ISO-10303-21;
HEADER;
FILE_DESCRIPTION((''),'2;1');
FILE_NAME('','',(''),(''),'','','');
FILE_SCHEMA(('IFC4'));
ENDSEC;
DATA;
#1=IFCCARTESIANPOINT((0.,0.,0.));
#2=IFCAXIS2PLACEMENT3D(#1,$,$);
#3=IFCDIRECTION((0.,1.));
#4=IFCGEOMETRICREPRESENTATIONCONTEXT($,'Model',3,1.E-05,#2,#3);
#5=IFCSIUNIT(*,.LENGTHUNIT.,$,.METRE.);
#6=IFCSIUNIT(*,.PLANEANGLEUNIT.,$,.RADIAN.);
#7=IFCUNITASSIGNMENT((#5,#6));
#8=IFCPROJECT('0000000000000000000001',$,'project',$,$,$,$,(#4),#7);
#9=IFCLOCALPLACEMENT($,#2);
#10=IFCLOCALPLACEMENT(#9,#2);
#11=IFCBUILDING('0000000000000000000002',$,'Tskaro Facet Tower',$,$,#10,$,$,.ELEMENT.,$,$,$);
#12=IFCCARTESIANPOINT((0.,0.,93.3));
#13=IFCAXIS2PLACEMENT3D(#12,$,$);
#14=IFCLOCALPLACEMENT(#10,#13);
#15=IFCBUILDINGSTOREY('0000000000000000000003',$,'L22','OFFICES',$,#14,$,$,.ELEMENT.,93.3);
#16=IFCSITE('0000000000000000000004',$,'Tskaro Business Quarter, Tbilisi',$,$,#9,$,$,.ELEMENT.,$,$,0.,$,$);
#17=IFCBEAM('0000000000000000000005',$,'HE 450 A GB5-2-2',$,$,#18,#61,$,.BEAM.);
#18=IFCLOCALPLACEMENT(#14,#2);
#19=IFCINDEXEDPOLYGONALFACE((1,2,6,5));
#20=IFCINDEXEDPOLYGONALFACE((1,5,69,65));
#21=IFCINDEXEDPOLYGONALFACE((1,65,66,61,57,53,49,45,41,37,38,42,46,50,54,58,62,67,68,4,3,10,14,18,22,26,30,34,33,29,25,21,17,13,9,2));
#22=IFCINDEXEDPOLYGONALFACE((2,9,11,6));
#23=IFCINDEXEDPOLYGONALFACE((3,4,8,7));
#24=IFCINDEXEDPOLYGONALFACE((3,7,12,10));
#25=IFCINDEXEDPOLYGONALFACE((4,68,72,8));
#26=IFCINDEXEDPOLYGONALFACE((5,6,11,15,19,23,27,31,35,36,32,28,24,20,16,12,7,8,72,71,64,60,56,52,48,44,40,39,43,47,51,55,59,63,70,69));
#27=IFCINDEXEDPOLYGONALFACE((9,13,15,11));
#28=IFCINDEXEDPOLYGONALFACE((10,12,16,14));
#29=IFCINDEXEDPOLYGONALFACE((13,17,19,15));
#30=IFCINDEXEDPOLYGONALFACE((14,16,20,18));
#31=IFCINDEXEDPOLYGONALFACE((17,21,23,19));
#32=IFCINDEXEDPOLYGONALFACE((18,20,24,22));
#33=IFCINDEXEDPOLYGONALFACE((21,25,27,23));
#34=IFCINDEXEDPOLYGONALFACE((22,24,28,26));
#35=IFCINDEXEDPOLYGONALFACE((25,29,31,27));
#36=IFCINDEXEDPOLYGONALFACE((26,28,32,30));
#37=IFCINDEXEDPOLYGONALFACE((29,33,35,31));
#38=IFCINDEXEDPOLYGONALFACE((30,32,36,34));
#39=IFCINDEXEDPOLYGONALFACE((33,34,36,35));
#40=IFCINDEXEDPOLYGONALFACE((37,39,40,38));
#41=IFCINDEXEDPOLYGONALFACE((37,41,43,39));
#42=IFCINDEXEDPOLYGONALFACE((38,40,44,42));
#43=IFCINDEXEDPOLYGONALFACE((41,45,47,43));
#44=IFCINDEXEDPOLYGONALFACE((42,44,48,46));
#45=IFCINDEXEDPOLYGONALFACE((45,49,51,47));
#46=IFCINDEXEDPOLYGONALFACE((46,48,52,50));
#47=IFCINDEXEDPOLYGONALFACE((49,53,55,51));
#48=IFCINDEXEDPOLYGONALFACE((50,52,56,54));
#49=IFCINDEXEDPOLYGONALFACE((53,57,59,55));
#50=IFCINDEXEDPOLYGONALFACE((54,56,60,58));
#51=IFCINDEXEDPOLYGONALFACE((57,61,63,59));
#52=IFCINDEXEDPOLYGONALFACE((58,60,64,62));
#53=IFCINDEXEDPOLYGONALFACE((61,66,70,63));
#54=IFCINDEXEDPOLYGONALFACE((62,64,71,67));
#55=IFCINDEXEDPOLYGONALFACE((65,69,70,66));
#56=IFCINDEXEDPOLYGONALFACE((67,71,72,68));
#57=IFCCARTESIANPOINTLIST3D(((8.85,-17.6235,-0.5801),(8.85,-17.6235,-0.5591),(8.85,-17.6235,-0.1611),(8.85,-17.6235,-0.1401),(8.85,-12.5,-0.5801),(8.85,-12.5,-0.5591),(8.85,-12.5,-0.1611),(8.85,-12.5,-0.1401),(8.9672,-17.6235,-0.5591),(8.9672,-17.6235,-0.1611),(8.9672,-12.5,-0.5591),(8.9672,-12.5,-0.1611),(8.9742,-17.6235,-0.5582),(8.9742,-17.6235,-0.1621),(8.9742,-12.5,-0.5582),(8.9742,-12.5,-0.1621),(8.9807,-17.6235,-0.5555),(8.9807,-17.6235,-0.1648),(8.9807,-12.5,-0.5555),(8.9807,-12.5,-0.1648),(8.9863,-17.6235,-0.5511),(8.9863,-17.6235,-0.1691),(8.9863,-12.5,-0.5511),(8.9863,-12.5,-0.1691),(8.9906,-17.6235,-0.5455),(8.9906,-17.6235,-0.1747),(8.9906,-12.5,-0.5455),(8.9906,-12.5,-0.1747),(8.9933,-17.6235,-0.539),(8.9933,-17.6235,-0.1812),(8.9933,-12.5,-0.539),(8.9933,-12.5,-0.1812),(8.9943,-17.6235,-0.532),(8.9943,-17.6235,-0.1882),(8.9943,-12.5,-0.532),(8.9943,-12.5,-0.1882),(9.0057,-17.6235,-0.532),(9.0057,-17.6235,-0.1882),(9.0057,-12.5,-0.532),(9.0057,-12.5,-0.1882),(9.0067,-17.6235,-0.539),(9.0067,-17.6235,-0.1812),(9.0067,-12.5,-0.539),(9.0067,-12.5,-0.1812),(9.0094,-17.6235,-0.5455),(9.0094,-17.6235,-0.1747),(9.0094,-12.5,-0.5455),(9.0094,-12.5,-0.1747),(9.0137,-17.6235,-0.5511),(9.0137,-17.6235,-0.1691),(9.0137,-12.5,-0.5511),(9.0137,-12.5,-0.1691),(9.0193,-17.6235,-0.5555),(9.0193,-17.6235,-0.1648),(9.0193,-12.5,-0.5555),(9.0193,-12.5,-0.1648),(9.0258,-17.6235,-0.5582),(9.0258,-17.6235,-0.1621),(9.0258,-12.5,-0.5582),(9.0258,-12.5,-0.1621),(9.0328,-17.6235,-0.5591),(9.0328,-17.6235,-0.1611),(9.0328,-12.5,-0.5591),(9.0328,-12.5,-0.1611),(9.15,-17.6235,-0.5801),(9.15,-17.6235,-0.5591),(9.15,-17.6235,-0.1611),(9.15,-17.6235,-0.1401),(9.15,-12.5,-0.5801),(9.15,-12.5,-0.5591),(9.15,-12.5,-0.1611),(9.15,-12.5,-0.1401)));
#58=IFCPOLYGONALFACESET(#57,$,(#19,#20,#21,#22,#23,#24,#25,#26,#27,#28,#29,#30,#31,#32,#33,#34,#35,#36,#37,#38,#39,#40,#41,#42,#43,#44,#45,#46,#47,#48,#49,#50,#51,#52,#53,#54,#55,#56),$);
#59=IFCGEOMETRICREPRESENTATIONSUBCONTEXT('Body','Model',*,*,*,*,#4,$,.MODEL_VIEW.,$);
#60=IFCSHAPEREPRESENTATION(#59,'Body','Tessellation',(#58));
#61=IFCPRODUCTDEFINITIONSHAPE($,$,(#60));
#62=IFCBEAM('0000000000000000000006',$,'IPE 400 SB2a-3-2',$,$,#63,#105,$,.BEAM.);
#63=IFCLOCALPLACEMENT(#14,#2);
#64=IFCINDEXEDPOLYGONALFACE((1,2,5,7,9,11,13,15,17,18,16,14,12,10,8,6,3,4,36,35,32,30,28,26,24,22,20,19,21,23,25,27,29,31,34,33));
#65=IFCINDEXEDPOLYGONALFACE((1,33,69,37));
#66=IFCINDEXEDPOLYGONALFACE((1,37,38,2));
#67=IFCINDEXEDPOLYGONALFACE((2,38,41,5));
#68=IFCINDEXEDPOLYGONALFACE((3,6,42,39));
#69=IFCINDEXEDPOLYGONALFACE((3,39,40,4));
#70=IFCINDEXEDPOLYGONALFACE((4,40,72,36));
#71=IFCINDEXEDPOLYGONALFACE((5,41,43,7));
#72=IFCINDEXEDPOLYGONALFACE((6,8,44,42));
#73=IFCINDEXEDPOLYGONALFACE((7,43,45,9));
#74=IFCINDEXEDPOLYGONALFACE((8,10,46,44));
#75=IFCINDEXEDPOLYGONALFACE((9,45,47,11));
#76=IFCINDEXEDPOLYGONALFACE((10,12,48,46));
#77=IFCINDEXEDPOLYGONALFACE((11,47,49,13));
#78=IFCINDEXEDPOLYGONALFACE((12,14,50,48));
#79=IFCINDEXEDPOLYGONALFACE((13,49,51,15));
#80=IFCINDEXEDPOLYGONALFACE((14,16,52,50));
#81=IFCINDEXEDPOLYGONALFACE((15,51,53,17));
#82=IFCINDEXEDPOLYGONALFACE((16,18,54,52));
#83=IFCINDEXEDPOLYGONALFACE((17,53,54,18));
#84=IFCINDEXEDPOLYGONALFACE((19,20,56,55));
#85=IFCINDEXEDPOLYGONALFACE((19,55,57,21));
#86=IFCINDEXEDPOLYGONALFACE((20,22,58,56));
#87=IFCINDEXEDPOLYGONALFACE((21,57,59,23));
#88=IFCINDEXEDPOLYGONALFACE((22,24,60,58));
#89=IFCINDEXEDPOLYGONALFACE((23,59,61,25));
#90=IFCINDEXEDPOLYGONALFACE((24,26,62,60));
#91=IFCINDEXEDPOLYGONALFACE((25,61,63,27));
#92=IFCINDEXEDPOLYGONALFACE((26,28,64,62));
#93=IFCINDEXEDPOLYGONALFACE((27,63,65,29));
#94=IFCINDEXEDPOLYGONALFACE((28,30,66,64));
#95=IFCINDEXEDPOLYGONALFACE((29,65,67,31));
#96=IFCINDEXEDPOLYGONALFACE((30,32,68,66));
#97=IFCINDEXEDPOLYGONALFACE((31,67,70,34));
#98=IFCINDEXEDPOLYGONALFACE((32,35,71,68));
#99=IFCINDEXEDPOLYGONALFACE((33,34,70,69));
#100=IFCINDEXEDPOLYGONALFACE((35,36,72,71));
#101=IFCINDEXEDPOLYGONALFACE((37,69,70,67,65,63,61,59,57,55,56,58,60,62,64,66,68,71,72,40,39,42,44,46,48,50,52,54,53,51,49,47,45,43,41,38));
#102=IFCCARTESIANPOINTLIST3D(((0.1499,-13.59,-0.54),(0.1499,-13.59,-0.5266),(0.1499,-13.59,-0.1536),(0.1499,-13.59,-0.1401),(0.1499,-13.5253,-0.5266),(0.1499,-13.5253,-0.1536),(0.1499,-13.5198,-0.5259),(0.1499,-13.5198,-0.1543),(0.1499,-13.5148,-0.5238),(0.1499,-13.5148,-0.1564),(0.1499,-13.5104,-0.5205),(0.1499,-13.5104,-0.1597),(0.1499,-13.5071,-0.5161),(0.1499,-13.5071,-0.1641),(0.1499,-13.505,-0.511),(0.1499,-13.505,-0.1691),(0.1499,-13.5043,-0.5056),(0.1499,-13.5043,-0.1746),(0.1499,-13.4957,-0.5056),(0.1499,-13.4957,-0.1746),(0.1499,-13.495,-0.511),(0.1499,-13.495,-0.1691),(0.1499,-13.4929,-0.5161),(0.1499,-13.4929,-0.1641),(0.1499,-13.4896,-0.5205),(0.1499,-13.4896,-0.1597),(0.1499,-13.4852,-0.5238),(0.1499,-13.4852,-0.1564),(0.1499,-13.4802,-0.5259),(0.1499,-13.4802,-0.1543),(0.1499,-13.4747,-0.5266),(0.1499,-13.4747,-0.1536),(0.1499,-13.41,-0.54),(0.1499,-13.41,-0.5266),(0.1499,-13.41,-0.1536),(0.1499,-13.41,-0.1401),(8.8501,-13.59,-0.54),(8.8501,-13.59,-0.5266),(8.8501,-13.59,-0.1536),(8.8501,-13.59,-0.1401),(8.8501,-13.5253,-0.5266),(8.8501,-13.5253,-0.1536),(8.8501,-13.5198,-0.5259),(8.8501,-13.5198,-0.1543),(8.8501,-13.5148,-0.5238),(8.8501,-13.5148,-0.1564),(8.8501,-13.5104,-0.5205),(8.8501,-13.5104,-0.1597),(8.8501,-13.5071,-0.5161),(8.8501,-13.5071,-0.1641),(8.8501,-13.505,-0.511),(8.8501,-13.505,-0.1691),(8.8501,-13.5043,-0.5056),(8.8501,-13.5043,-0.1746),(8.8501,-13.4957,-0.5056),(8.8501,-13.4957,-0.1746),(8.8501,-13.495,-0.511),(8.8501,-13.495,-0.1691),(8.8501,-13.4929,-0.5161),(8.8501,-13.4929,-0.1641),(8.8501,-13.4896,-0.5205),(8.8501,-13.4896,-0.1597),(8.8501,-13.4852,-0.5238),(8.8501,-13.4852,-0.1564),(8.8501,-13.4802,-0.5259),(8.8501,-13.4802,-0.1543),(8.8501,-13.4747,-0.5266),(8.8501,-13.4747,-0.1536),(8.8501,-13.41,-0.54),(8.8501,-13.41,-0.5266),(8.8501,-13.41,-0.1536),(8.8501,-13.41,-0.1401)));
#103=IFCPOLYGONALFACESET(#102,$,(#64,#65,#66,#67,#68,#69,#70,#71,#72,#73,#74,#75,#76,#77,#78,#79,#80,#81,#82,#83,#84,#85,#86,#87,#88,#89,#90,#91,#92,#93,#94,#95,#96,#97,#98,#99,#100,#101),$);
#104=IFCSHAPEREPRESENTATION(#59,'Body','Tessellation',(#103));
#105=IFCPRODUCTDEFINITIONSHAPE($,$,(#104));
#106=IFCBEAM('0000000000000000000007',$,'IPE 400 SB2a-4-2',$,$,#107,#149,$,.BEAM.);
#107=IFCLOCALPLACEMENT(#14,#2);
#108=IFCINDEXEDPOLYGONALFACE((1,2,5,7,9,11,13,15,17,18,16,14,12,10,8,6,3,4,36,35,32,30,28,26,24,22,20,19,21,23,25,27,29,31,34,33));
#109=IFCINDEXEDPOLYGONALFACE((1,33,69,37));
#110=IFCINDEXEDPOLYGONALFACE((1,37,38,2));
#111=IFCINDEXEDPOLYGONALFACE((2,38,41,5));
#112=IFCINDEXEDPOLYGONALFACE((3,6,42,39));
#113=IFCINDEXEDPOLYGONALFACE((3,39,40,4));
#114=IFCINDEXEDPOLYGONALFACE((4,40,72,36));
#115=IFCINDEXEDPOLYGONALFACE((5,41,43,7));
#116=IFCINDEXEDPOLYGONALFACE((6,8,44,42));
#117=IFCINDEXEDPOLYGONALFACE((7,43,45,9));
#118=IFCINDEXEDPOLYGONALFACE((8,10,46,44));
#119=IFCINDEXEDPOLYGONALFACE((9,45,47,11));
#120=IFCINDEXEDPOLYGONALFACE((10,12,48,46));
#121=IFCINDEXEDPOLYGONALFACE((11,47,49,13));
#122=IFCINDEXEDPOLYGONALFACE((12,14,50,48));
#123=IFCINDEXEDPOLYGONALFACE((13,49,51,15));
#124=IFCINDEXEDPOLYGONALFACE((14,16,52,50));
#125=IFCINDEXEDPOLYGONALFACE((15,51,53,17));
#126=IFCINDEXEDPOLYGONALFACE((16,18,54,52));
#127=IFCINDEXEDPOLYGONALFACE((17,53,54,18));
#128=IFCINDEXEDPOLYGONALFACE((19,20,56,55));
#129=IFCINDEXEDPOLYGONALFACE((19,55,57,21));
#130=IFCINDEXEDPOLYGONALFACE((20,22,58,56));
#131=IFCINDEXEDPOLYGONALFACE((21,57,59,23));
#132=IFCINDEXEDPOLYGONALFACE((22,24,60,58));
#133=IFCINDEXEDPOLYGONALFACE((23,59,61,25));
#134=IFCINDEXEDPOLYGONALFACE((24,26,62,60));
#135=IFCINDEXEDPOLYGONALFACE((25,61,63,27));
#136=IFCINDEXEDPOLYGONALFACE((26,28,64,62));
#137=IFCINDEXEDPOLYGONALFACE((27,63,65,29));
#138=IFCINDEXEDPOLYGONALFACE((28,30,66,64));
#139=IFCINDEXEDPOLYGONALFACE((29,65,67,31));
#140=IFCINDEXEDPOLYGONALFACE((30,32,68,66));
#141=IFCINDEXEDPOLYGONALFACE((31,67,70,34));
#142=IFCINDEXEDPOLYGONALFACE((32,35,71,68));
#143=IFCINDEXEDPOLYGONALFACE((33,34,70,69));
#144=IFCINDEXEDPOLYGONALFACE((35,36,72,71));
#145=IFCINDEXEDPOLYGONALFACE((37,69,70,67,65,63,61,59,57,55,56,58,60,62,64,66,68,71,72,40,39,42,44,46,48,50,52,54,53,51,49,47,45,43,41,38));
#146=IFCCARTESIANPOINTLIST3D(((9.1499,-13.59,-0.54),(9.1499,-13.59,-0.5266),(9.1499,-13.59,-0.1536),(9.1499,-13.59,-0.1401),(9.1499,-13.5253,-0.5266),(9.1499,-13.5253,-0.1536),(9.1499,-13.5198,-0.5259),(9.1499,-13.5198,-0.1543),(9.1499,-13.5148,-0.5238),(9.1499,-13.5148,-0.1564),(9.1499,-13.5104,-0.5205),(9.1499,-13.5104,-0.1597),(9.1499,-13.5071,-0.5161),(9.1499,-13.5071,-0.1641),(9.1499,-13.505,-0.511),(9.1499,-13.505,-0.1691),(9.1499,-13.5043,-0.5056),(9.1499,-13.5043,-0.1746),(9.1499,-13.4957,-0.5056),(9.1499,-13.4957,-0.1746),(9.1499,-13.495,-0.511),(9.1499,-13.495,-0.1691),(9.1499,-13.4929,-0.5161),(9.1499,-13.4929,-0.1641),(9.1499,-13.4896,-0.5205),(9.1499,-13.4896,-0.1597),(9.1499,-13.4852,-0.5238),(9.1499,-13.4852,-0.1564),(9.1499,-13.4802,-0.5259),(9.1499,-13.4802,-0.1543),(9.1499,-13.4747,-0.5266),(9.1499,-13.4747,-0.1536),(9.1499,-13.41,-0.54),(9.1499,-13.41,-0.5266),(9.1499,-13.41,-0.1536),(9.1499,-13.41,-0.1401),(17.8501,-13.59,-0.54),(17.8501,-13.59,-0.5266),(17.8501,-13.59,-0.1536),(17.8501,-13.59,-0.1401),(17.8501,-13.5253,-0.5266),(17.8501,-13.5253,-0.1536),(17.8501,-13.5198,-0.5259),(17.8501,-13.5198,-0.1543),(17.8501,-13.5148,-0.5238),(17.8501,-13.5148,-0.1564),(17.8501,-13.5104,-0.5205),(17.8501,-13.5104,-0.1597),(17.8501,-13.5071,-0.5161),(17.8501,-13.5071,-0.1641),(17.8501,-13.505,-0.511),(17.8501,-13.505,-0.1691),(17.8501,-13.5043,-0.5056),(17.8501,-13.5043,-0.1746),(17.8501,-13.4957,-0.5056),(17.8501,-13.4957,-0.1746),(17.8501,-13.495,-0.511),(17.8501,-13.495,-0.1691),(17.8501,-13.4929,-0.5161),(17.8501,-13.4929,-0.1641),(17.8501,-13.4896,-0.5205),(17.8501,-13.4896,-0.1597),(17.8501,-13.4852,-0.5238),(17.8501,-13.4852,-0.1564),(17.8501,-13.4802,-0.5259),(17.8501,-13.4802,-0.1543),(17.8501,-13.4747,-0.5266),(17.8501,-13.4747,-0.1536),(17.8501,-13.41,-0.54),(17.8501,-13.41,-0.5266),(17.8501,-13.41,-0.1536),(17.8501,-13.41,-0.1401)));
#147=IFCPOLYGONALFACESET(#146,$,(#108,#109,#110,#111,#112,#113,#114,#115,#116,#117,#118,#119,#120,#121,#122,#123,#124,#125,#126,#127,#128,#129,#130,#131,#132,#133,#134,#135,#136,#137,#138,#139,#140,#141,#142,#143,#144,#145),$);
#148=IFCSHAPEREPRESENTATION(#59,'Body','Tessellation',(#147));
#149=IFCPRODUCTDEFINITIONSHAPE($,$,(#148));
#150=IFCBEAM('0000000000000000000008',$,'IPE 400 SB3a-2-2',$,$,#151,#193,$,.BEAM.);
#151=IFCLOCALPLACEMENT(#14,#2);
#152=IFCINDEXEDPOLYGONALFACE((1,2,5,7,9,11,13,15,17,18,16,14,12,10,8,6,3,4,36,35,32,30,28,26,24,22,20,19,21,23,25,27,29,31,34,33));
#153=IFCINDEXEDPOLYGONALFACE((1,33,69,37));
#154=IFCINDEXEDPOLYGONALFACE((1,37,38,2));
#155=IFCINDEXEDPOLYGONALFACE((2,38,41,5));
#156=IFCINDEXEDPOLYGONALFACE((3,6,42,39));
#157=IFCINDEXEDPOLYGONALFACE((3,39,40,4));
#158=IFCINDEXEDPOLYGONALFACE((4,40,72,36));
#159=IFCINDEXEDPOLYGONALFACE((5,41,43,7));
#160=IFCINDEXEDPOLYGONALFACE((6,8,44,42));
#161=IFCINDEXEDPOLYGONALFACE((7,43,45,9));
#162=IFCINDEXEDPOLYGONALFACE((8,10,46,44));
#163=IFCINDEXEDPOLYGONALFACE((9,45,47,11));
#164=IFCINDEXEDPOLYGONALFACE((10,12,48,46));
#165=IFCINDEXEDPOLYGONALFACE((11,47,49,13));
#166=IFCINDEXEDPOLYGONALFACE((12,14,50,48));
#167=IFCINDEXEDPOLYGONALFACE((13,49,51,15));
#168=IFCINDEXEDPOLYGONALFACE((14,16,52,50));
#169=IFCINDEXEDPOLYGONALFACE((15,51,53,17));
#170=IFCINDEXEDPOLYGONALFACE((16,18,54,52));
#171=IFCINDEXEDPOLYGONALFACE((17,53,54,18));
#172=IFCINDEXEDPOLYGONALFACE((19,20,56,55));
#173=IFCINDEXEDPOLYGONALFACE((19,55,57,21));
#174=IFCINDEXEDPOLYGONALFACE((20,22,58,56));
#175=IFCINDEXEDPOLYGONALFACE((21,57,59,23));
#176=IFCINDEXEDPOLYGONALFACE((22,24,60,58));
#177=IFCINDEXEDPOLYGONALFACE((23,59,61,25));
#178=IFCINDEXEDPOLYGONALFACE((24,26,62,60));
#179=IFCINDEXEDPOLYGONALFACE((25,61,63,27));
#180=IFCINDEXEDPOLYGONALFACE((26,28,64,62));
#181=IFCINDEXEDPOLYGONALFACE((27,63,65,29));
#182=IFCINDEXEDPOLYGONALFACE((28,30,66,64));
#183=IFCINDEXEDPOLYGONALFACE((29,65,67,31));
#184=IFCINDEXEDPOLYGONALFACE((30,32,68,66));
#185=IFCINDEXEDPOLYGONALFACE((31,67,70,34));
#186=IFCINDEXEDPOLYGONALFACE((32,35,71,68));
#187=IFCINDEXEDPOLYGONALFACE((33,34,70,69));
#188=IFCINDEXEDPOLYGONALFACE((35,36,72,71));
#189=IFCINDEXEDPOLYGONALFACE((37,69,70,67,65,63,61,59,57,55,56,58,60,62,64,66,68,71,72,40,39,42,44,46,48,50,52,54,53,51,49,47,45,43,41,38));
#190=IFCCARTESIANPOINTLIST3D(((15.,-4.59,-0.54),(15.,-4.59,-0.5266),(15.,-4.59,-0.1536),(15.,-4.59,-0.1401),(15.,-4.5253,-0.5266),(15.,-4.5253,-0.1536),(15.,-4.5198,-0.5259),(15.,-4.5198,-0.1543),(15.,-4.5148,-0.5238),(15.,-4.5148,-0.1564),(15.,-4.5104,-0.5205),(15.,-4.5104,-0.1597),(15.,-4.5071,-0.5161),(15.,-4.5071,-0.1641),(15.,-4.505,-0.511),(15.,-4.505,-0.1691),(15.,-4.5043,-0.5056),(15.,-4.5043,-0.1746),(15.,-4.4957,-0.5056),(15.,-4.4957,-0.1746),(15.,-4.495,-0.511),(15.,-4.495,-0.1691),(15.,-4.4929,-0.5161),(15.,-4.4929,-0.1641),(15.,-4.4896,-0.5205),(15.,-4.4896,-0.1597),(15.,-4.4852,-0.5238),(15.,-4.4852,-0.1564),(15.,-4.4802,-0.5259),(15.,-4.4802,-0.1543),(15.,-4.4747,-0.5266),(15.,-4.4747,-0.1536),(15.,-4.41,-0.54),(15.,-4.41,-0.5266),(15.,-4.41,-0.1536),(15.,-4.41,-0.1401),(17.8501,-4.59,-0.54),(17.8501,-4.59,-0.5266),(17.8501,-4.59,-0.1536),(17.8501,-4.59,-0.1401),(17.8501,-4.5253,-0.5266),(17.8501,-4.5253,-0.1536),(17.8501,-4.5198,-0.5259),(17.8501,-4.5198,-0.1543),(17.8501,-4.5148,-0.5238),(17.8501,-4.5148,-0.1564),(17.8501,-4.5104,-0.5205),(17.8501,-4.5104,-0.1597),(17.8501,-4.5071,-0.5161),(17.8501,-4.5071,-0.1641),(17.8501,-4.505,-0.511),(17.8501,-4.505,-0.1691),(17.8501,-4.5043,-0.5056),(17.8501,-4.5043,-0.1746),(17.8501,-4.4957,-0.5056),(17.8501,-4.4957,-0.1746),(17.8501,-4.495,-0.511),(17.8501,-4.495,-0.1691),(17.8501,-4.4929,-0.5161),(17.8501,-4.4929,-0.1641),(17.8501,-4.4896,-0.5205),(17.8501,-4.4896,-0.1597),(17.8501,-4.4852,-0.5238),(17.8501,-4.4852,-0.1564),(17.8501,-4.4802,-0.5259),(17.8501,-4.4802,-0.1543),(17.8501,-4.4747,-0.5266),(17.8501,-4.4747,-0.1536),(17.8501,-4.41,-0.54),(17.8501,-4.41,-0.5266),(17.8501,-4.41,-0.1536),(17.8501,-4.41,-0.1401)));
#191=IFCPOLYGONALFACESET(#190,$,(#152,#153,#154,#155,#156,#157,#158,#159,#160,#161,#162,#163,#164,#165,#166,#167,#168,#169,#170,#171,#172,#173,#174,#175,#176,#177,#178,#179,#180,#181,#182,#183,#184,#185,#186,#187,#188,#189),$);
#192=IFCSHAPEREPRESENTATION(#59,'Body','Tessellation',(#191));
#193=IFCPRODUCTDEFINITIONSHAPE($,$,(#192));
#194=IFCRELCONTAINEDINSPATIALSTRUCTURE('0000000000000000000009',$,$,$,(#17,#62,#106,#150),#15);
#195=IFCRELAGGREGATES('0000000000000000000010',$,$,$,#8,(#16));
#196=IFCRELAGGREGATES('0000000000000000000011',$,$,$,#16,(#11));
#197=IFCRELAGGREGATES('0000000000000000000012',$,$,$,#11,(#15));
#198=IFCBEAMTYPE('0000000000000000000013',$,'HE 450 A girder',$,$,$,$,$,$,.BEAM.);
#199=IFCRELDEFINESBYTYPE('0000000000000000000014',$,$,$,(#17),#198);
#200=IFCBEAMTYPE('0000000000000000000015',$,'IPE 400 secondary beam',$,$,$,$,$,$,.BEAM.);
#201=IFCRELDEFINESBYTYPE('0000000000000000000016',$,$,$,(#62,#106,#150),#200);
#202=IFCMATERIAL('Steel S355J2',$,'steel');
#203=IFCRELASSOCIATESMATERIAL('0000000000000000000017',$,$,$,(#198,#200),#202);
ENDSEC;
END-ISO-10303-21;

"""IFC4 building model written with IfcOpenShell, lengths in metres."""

from ifc_helpers import new_model, si_unit, direction, frame, origin, origin_2d, place, context, subcontext, project, spatial, i_section, extrude, material, material_profile, profile_set, type_object, element, save


model = new_model("IFC4")

# Units and contexts
model_context = context("Model", 3, precision=1e-05, world=origin(), true_north=direction((0.0, 1.0)))
body_context = subcontext(model_context, "Body", "Model", "MODEL_VIEW")
ifc_project = project(units=[si_unit("LENGTHUNIT", "METRE"), si_unit("PLANEANGLEUNIT", "RADIAN")], contexts=[model_context])

# Site, building, storey
site_placement = place(None, origin())
site = spatial("IfcSite", under=ifc_project, at=site_placement, Name="Tskaro Business Quarter, Tbilisi", CompositionType="ELEMENT", RefElevation=0.0)
building_placement = place(site_placement, origin())
building = spatial("IfcBuilding", under=site, at=building_placement, Name="Tskaro Facet Tower", CompositionType="ELEMENT")
storey_placement = place(building_placement, frame((0.0, 0.0, 93.3)))
storey = spatial("IfcBuildingStorey", under=building, at=storey_placement, Name="L22", Description="OFFICES", CompositionType="ELEMENT", Elevation=93.3)

# Beams
ifc_material_1 = material(Name="Steel S355J2", Category="steel")
ifc_material_profile_1 = material_profile(ifc_material_1, i_section(OverallWidth=0.3, OverallDepth=0.4399, WebThickness=0.0115, FlangeThickness=0.021, FilletRadius=0.0271, at=origin_2d()), Name="HE 450 A")
ifc_profile_set_1 = profile_set([ifc_material_profile_1], Name="Steel S355J2")
beam_type_1 = type_object("IfcBeamType", Name="HE 450 A girder", PredefinedType="BEAM", material=ifc_profile_set_1)
beam_1_placement = place(storey_placement, frame((9.0, -17.6235, -0.3601), z_axis=(0.0, 1.0, 0.0), x_axis=(-1.0, 0.0, 0.0)))
element("IfcBeam", 1, at=beam_1_placement, inside=storey, type_object=beam_type_1, Name="HE 450 A GB5-2-2", PredefinedType="BEAM", context=body_context, shape_type="SweptSolid", body=[
    extrude(i_section(OverallWidth=0.3, OverallDepth=0.4399, WebThickness=0.0115, FlangeThickness=0.021, FilletRadius=0.0271, at=origin_2d()), origin(), (0.0, 0.0, 1.0), 5.1235),
])
ifc_material_profile_2 = material_profile(ifc_material_1, i_section(OverallWidth=0.1799, OverallDepth=0.3999, WebThickness=0.0085, FlangeThickness=0.0134, FilletRadius=0.021, at=origin_2d()), Name="IPE 400")
ifc_profile_set_2 = profile_set([ifc_material_profile_2], Name="Steel S355J2")
beam_type_2 = type_object("IfcBeamType", Name="IPE 400 secondary beam", PredefinedType="BEAM", material=ifc_profile_set_2)
for number, where, z_axis, x_axis, name in (
    (2, (0.1499, -13.5, -0.3401), (1.0, 0.0, 0.0), (0.0, 1.0, 0.0), "IPE 400 SB2a-3-2"),
    (3, (9.1499, -13.5, -0.3401), (1.0, 0.0, 0.0), (0.0, 1.0, 0.0), "IPE 400 SB2a-4-2"),
):
    element("IfcBeam", number, at=place(storey_placement, frame(where, z_axis=z_axis, x_axis=x_axis)), inside=storey, type_object=beam_type_2, Name=name, PredefinedType="BEAM", context=body_context, shape_type="SweptSolid", body=[
        extrude(i_section(OverallWidth=0.1799, OverallDepth=0.3999, WebThickness=0.0085, FlangeThickness=0.0134, FilletRadius=0.021, at=origin_2d()), origin(), (0.0, 0.0, 1.0), 8.7002),
    ])
beam_2_placement = place(storey_placement, frame((15.0, -4.5, -0.3401), z_axis=(1.0, 0.0, 0.0), x_axis=(0.0, 1.0, 0.0)))
element("IfcBeam", 4, at=beam_2_placement, inside=storey, type_object=beam_type_2, Name="IPE 400 SB3a-2-2", PredefinedType="BEAM", context=body_context, shape_type="SweptSolid", body=[
    extrude(i_section(OverallWidth=0.1799, OverallDepth=0.3999, WebThickness=0.0085, FlangeThickness=0.0134, FilletRadius=0.021, at=origin_2d()), origin(), (0.0, 0.0, 1.0), 2.8501),
])

save(model, "model.ifc")
